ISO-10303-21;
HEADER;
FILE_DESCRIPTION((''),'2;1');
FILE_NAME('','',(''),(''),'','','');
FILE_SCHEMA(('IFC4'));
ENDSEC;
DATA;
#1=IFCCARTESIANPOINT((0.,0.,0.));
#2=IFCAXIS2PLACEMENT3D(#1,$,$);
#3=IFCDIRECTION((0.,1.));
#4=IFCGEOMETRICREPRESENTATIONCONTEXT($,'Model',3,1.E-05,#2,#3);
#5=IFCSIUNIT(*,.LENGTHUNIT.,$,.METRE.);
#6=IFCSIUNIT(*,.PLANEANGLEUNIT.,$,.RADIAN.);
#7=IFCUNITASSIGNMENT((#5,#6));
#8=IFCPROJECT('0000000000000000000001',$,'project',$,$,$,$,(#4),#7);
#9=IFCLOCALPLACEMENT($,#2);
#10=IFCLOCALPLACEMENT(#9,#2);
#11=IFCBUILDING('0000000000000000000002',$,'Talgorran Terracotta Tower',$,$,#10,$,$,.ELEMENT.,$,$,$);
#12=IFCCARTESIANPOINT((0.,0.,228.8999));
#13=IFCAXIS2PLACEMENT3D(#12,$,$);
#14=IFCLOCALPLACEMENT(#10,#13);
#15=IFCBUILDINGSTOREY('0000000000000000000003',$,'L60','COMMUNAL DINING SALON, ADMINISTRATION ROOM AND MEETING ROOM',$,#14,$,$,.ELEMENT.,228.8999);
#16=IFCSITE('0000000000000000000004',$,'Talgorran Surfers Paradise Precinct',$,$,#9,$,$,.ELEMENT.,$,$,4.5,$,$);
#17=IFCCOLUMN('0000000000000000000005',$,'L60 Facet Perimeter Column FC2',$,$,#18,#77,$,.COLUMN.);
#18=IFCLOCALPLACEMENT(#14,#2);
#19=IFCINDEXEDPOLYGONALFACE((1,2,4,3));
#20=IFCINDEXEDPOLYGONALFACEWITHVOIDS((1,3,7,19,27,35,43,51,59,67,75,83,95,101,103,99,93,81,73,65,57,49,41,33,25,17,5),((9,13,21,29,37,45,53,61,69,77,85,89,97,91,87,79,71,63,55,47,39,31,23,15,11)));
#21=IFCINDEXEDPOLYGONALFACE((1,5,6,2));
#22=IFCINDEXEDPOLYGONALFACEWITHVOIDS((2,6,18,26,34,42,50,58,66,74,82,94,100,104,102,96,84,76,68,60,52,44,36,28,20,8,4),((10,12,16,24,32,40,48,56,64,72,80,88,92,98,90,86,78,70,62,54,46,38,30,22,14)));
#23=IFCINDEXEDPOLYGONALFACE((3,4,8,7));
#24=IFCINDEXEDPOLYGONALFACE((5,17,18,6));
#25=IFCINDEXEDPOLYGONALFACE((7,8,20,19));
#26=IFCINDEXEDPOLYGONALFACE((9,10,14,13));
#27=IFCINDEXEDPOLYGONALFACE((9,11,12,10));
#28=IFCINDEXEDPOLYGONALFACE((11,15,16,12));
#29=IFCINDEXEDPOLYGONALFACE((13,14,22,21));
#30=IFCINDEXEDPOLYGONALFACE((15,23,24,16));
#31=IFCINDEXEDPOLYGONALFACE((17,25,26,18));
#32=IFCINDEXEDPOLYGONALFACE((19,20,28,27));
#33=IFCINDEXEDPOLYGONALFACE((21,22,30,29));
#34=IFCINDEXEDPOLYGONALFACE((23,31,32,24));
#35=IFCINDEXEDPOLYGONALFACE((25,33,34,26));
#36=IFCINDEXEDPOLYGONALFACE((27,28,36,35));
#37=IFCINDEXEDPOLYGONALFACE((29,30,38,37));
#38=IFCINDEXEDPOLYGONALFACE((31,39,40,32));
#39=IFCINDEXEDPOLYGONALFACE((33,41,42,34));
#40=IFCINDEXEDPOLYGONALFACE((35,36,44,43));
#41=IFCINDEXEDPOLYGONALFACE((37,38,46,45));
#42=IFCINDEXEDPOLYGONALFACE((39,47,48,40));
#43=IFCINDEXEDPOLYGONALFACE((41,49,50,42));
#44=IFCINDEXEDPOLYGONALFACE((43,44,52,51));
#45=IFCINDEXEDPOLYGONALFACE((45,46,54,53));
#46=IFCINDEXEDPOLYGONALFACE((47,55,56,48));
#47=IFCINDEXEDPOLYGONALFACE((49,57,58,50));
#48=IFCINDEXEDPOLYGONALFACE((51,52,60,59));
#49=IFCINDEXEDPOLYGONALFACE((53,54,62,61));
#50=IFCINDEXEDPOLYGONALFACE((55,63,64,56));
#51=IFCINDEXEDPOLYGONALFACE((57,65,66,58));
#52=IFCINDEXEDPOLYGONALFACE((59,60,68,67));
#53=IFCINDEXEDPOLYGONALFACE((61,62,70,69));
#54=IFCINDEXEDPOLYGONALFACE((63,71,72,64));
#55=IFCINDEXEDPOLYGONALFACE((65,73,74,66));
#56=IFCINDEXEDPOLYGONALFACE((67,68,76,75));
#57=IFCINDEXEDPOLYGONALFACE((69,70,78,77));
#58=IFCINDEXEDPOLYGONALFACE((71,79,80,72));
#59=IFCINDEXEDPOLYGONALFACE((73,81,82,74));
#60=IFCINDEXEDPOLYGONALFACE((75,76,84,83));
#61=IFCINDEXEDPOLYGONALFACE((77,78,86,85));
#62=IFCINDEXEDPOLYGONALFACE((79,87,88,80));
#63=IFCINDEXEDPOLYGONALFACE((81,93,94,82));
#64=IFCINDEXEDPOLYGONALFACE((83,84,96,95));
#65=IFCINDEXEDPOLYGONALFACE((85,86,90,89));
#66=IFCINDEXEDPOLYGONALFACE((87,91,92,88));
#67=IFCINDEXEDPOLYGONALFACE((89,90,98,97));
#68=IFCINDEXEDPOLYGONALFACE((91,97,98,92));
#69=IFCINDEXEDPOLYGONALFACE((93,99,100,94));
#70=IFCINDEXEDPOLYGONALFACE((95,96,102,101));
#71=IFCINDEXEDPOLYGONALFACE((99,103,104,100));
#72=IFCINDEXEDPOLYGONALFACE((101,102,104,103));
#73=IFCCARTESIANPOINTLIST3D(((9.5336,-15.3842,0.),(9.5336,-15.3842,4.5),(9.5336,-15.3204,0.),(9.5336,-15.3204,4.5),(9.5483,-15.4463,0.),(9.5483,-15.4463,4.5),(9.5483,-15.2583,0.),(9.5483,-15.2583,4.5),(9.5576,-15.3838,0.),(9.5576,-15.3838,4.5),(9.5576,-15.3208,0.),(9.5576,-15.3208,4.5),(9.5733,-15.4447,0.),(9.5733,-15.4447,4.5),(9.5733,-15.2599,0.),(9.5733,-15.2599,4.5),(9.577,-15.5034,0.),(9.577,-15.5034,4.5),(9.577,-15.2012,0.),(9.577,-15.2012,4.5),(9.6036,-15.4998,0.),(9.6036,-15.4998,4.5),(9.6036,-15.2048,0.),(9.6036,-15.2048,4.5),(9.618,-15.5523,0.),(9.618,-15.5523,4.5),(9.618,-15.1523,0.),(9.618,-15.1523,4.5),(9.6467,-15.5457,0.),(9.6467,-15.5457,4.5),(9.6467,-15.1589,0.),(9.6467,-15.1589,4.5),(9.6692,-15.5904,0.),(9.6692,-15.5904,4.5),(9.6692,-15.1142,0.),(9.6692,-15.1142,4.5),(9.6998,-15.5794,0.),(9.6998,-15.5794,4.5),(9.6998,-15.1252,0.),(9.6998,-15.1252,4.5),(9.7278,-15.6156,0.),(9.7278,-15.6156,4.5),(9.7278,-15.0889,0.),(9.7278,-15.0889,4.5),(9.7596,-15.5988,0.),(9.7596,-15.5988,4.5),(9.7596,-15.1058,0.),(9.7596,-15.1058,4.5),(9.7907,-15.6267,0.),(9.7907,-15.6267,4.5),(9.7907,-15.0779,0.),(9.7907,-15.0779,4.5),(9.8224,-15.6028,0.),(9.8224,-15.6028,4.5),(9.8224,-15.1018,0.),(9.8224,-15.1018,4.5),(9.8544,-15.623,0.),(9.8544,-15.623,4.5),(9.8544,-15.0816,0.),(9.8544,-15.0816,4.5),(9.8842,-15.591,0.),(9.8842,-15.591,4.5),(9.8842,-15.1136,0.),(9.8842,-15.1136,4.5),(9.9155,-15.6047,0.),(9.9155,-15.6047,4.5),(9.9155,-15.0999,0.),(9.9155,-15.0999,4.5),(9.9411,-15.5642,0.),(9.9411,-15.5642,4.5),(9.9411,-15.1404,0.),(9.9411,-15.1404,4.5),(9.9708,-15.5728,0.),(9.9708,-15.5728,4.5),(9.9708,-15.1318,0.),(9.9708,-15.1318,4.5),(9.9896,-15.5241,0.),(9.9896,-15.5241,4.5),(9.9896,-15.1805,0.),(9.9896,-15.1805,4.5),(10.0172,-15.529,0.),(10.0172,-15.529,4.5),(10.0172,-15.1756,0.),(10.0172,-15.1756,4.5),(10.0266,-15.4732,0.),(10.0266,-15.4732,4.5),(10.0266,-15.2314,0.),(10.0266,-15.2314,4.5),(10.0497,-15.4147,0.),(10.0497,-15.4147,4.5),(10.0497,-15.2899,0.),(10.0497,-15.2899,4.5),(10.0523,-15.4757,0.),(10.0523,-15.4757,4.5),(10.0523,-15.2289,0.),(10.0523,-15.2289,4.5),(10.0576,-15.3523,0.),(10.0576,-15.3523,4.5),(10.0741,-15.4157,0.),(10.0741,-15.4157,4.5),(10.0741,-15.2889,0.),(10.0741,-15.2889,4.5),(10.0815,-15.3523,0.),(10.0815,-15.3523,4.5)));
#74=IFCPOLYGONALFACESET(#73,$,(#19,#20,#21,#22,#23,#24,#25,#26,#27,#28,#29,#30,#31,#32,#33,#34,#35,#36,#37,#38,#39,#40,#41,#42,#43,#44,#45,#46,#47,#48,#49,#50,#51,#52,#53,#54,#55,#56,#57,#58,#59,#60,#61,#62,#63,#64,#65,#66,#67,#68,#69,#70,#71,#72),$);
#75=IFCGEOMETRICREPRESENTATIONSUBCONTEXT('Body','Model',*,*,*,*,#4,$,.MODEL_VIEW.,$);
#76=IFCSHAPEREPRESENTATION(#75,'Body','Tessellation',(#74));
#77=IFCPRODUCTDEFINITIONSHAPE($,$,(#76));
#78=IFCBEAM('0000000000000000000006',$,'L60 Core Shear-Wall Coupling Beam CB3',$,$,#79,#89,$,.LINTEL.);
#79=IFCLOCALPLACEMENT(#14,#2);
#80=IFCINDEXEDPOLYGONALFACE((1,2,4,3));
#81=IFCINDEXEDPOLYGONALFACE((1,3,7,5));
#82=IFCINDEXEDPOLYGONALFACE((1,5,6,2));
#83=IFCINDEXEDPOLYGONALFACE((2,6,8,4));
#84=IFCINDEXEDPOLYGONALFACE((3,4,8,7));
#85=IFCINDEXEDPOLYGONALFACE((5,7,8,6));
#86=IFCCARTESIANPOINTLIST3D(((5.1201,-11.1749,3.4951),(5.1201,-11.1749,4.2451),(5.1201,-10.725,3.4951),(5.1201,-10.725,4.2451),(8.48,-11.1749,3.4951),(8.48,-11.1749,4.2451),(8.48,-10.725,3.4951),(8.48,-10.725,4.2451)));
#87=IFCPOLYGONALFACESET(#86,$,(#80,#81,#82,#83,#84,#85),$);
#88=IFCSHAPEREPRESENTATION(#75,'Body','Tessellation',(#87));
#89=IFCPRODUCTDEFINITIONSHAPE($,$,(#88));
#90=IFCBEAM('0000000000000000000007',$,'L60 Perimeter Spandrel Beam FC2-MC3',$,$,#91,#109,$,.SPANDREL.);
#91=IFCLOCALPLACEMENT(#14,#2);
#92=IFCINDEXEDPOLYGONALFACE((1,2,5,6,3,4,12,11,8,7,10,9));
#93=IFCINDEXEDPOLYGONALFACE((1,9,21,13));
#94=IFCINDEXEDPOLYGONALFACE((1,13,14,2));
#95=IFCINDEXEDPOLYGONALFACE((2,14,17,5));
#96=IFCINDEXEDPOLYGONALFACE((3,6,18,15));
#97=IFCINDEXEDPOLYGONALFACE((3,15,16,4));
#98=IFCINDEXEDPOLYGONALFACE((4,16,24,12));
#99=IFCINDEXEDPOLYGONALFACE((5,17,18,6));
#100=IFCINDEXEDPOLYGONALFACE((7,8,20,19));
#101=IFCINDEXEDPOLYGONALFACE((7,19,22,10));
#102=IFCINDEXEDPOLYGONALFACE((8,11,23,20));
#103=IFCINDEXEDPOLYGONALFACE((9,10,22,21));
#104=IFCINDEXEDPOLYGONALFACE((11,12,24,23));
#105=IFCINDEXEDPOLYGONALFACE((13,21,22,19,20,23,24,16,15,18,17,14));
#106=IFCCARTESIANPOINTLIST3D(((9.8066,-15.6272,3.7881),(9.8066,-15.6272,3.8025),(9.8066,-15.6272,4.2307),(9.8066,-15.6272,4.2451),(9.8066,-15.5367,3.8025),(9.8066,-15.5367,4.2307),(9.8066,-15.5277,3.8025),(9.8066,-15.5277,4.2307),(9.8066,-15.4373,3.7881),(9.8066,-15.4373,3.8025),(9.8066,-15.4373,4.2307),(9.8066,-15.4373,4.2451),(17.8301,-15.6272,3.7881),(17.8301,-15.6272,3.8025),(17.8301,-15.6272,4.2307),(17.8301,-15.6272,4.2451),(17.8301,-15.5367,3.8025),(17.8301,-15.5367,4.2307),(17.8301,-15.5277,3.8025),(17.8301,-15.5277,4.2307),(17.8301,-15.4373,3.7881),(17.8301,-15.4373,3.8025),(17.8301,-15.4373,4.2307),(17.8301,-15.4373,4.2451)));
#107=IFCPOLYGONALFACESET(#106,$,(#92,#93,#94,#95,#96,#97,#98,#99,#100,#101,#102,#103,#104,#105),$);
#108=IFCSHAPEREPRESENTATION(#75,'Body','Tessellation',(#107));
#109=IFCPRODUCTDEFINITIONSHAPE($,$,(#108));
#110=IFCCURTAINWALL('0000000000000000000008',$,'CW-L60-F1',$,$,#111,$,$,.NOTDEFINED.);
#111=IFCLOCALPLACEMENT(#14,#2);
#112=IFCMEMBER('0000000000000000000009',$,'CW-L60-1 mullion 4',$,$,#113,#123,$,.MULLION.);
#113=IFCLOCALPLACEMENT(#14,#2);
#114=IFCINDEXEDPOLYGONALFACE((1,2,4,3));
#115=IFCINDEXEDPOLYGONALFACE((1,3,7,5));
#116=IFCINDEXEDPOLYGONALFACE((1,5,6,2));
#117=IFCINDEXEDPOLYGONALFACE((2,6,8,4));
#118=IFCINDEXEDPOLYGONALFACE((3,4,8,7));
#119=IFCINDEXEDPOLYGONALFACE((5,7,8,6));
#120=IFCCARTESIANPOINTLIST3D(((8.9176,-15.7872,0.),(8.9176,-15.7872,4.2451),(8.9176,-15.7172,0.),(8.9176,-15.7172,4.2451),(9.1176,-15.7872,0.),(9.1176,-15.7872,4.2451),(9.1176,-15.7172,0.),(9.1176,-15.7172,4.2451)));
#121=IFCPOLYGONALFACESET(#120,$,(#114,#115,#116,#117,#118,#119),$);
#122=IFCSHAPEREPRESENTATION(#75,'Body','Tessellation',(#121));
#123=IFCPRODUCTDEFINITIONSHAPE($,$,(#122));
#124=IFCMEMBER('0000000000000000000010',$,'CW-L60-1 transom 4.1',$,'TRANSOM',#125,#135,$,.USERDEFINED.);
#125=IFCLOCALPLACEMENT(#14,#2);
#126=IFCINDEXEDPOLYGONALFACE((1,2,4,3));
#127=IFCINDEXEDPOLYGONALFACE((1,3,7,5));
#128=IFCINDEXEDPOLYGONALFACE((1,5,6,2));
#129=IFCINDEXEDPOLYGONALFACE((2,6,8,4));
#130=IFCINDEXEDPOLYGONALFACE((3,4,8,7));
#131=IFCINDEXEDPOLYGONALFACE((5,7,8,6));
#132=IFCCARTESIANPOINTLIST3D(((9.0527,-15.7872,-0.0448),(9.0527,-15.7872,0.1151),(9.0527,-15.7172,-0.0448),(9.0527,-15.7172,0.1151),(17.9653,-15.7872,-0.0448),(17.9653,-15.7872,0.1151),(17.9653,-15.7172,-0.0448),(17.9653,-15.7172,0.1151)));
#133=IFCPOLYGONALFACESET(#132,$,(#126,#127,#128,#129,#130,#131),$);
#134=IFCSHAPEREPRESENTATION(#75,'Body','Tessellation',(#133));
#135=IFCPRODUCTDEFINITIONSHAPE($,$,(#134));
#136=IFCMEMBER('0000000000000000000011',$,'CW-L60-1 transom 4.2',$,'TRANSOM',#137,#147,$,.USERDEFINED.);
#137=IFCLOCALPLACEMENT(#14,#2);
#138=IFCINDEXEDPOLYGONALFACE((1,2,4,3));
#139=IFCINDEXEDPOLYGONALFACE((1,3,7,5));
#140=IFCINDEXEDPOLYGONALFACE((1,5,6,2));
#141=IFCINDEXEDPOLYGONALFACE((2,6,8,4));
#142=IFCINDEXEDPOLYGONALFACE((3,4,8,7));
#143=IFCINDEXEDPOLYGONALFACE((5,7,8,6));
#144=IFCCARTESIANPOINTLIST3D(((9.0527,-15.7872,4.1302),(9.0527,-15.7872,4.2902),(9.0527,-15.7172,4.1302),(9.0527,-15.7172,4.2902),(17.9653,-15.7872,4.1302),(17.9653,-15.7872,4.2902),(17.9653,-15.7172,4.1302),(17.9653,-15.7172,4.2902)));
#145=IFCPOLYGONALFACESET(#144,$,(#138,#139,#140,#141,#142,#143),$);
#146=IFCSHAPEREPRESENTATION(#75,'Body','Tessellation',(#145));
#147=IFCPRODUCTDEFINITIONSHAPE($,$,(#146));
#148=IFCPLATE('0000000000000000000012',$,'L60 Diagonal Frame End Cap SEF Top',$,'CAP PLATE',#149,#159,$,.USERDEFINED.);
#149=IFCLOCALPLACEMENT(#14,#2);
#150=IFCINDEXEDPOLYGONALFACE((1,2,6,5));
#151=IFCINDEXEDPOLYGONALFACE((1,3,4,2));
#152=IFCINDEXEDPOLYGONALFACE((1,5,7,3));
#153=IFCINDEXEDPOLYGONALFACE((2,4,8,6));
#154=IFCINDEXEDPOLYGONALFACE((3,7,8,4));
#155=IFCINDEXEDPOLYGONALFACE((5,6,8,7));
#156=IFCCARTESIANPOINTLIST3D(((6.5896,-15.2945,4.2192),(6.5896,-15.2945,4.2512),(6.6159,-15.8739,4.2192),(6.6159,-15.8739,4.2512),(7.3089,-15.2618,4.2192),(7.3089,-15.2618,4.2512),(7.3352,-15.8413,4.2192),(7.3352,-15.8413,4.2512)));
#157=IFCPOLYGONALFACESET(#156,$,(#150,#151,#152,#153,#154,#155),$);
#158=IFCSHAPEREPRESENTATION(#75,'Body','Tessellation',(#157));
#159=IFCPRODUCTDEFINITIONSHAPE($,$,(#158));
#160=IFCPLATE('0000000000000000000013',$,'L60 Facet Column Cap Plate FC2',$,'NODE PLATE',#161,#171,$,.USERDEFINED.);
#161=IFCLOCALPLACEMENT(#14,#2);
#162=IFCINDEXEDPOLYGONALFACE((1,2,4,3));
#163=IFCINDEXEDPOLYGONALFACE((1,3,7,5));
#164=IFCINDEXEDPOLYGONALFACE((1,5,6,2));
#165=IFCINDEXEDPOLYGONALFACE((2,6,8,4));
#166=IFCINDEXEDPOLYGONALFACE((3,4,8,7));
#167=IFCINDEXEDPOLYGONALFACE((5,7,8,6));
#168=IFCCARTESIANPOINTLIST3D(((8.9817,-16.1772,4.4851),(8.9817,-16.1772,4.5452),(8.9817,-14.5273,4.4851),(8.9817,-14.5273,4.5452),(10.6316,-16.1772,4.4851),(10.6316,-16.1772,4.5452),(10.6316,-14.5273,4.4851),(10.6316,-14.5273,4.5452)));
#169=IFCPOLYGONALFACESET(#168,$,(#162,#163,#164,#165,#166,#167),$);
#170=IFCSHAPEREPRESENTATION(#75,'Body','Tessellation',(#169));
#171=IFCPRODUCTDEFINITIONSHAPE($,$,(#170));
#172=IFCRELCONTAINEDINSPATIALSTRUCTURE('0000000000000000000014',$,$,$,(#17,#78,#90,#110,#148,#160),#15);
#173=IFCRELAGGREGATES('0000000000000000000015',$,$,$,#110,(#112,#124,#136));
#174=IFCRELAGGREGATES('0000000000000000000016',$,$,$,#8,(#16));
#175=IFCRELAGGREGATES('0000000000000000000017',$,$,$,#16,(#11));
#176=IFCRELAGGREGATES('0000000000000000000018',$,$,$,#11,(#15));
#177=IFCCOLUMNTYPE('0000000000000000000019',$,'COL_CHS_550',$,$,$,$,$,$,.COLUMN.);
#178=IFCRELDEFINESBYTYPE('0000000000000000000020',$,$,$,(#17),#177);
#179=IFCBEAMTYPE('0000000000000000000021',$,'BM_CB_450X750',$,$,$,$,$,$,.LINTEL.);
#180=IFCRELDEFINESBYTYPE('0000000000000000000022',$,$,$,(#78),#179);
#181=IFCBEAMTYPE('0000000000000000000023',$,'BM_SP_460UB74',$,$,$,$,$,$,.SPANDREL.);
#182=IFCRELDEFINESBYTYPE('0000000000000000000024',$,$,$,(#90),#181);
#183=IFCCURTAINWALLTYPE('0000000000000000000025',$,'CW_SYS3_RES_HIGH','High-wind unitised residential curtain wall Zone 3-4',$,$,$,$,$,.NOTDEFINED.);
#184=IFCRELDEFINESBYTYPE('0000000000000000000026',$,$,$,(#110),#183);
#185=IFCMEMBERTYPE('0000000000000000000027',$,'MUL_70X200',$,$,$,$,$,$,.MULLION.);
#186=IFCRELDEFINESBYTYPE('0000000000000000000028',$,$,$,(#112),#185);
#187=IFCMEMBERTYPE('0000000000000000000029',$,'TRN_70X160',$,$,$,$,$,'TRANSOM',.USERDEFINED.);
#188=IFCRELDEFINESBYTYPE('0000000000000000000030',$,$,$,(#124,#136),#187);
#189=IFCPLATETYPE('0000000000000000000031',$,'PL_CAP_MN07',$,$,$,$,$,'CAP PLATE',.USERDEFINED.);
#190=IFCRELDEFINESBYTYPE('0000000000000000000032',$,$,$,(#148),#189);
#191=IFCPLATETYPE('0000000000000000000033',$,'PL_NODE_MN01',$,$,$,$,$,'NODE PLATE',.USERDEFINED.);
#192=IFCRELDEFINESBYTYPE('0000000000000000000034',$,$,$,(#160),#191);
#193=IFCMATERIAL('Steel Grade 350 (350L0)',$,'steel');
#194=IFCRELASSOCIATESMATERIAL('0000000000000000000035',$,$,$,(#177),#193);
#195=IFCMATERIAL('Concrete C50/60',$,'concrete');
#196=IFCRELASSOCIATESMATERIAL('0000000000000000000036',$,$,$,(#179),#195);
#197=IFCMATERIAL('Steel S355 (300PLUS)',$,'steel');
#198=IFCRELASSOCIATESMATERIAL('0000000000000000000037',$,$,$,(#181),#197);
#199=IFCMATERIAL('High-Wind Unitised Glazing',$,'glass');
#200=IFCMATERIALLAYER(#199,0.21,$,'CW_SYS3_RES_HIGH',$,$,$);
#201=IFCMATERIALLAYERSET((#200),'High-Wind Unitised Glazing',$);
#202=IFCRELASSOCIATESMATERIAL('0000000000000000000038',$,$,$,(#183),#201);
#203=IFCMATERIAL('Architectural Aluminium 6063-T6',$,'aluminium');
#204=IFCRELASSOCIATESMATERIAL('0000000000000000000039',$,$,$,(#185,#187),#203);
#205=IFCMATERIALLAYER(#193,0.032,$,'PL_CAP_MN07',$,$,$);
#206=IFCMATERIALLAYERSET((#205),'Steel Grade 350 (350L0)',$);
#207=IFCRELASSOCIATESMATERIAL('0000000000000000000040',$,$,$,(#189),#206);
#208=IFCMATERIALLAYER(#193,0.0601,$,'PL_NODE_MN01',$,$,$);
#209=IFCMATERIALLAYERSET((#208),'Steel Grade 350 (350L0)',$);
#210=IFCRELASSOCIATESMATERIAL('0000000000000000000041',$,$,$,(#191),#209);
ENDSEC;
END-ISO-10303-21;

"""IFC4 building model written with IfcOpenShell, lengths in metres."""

from ifc_helpers import new_model, si_unit, direction, frame, origin, origin_2d, place, context, subcontext, project, spatial, rectangle, hollow_circle, i_section, extrude, material, layer, layer_set, material_profile, profile_set, type_object, element, aggregate, save


model = new_model("IFC4")

# Units and contexts
model_context = context("Model", 3, precision=1e-05, world=origin(), true_north=direction((0.0, 1.0)))
body_context = subcontext(model_context, "Body", "Model", "MODEL_VIEW")
ifc_project = project(units=[si_unit("LENGTHUNIT", "METRE"), si_unit("PLANEANGLEUNIT", "RADIAN")], contexts=[model_context])

# Site, building, storey
site_placement = place(None, origin())
site = spatial("IfcSite", under=ifc_project, at=site_placement, Name="Talgorran Surfers Paradise Precinct", CompositionType="ELEMENT", RefElevation=4.5)
building_placement = place(site_placement, origin())
building = spatial("IfcBuilding", under=site, at=building_placement, Name="Talgorran Terracotta Tower", CompositionType="ELEMENT")
storey_placement = place(building_placement, frame((0.0, 0.0, 228.8999)))
storey = spatial("IfcBuildingStorey", under=building, at=storey_placement, Name="L60", Description="COMMUNAL DINING SALON, ADMINISTRATION ROOM AND MEETING ROOM", CompositionType="ELEMENT", Elevation=228.8999)

# Column
ifc_material_1 = material(Name="Steel Grade 350 (350L0)", Category="steel")
ifc_material_profile_1 = material_profile(ifc_material_1, hollow_circle(Radius=0.2749, WallThickness=0.0239, at=origin_2d()), Name="CHS550X24")
ifc_profile_set_1 = profile_set([ifc_material_profile_1], Name="Steel Grade 350 (350L0)")
column_type = type_object("IfcColumnType", Name="COL_CHS_550", PredefinedType="COLUMN", material=ifc_profile_set_1)
column_placement = place(storey_placement, frame((9.8066, -15.3523, 0.0), z_axis=(0.0, 0.0, 1.0), x_axis=(1.0, 0.0, 0.0)))
element("IfcColumn", 1, at=column_placement, inside=storey, type_object=column_type, Name="L60 Facet Perimeter Column FC2", PredefinedType="COLUMN", context=body_context, shape_type="SweptSolid", body=[
    extrude(hollow_circle(Radius=0.2749, WallThickness=0.0239, at=origin_2d()), origin(), (0.0, 0.0, 1.0), 4.5),
])

# Beams
ifc_material_2 = material(Name="Concrete C50/60", Category="concrete")
ifc_material_profile_2 = material_profile(ifc_material_2, rectangle(XDim=0.45, YDim=0.75, at=origin_2d()), Name="RCCB450X750")
ifc_profile_set_2 = profile_set([ifc_material_profile_2], Name="Concrete C50/60")
beam_type_1 = type_object("IfcBeamType", Name="BM_CB_450X750", PredefinedType="LINTEL", material=ifc_profile_set_2)
beam_1_placement = place(storey_placement, frame((5.1201, -10.95, 3.8701), z_axis=(1.0, 0.0, 0.0), x_axis=(0.0, 1.0, 0.0)))
element("IfcBeam", 2, at=beam_1_placement, inside=storey, type_object=beam_type_1, Name="L60 Core Shear-Wall Coupling Beam CB3", PredefinedType="LINTEL", context=body_context, shape_type="SweptSolid", body=[
    extrude(rectangle(XDim=0.45, YDim=0.75, at=origin_2d()), origin(), (0.0, 0.0, 1.0), 3.3599),
])
ifc_material_3 = material(Name="Steel S355 (300PLUS)", Category="steel")
ifc_material_profile_3 = material_profile(ifc_material_3, i_section(OverallWidth=0.1899, OverallDepth=0.457, WebThickness=0.009, FlangeThickness=0.0144, at=origin_2d()), Name="460UB74.6")
ifc_profile_set_3 = profile_set([ifc_material_profile_3], Name="Steel S355 (300PLUS)")
beam_type_2 = type_object("IfcBeamType", Name="BM_SP_460UB74", PredefinedType="SPANDREL", material=ifc_profile_set_3)
beam_2_placement = place(storey_placement, frame((9.8066, -15.5322, 4.0166), z_axis=(1.0, 0.0, 0.0), x_axis=(0.0, 1.0, 0.0)))
element("IfcBeam", 3, at=beam_2_placement, inside=storey, type_object=beam_type_2, Name="L60 Perimeter Spandrel Beam FC2-MC3", PredefinedType="SPANDREL", context=body_context, shape_type="SweptSolid", body=[
    extrude(i_section(OverallWidth=0.1899, OverallDepth=0.457, WebThickness=0.009, FlangeThickness=0.0144, at=origin_2d()), origin(), (0.0, 0.0, 1.0), 8.0234),
])

# Curtain wall, members
ifc_material_4 = material(Name="High-Wind Unitised Glazing", Category="glass")
ifc_layer_1 = layer(ifc_material_4, 0.21, Name="CW_SYS3_RES_HIGH")
ifc_layer_set_1 = layer_set([ifc_layer_1], Name="High-Wind Unitised Glazing")
curtain_wall_type = type_object("IfcCurtainWallType", Name="CW_SYS3_RES_HIGH", Description="High-wind unitised residential curtain wall Zone 3-4", PredefinedType="NOTDEFINED", material=ifc_layer_set_1)
curtain_wall_placement = place(storey_placement, origin())
curtain_wall = element("IfcCurtainWall", 4, at=curtain_wall_placement, inside=storey, type_object=curtain_wall_type, Name="CW-L60-F1", PredefinedType="NOTDEFINED")
ifc_material_5 = material(Name="Architectural Aluminium 6063-T6", Category="aluminium")
ifc_material_profile_4 = material_profile(ifc_material_5, rectangle(XDim=0.0701, YDim=0.2, at=origin_2d()), Name="CWM70X200")
ifc_profile_set_4 = profile_set([ifc_material_profile_4], Name="Architectural Aluminium 6063-T6")
member_type_1 = type_object("IfcMemberType", Name="MUL_70X200", PredefinedType="MULLION", material=ifc_profile_set_4)
member_1_placement = place(storey_placement, frame((9.0176, -15.7522, 0.0), z_axis=(0.0, 0.0, 1.0), x_axis=(0.0, 1.0, 0.0)))
member_1 = element("IfcMember", 5, at=member_1_placement, type_object=member_type_1, Name="CW-L60-1 mullion 4", PredefinedType="MULLION", context=body_context, shape_type="SweptSolid", body=[
    extrude(rectangle(XDim=0.0701, YDim=0.2, at=origin_2d()), origin(), (0.0, 0.0, 1.0), 4.2451),
])
ifc_material_profile_5 = material_profile(ifc_material_5, rectangle(XDim=0.0701, YDim=0.1599, at=origin_2d()), Name="CWT70X160")
ifc_profile_set_5 = profile_set([ifc_material_profile_5], Name="Architectural Aluminium 6063-T6")
member_type_2 = type_object("IfcMemberType", Name="TRN_70X160", ElementType="TRANSOM", PredefinedType="USERDEFINED", material=ifc_profile_set_5)
member_2_placement = place(storey_placement, frame((9.0527, -15.7522, 0.0352), z_axis=(1.0, 0.0, 0.0), x_axis=(0.0, 1.0, 0.0)))
member_2 = element("IfcMember", 6, at=member_2_placement, type_object=member_type_2, Name="CW-L60-1 transom 4.1", ObjectType="TRANSOM", PredefinedType="USERDEFINED", context=body_context, shape_type="SweptSolid", body=[
    extrude(rectangle(XDim=0.0701, YDim=0.1599, at=origin_2d()), origin(), (0.0, 0.0, 1.0), 8.9126),
])
member_3_placement = place(storey_placement, frame((9.0527, -15.7522, 4.2102), z_axis=(1.0, 0.0, 0.0), x_axis=(0.0, 1.0, 0.0)))
member_3 = element("IfcMember", 7, at=member_3_placement, type_object=member_type_2, Name="CW-L60-1 transom 4.2", ObjectType="TRANSOM", PredefinedType="USERDEFINED", context=body_context, shape_type="SweptSolid", body=[
    extrude(rectangle(XDim=0.0701, YDim=0.1599, at=origin_2d()), origin(), (0.0, 0.0, 1.0), 8.9126),
])

# Plates
ifc_layer_2 = layer(ifc_material_1, 0.032, Name="PL_CAP_MN07")
ifc_layer_set_2 = layer_set([ifc_layer_2], Name="Steel Grade 350 (350L0)")
plate_type_1 = type_object("IfcPlateType", Name="PL_CAP_MN07", ElementType="CAP PLATE", PredefinedType="USERDEFINED", material=ifc_layer_set_2)
plate_1_placement = place(storey_placement, frame((6.9624, -15.5679, 4.2192), z_axis=(0.0, 0.0, 1.0), x_axis=(0.998971, 0.045363, 0.0)))
element("IfcPlate", 8, at=plate_1_placement, inside=storey, type_object=plate_type_1, Name="L60 Diagonal Frame End Cap SEF Top", ObjectType="CAP PLATE", PredefinedType="USERDEFINED", context=body_context, shape_type="SweptSolid", body=[
    extrude(rectangle(XDim=0.72, YDim=0.5801, at=origin_2d()), origin(), (0.0, 0.0, 1.0), 0.032),
])
ifc_layer_3 = layer(ifc_material_1, 0.0601, Name="PL_NODE_MN01")
ifc_layer_set_3 = layer_set([ifc_layer_3], Name="Steel Grade 350 (350L0)")
plate_type_2 = type_object("IfcPlateType", Name="PL_NODE_MN01", ElementType="NODE PLATE", PredefinedType="USERDEFINED", material=ifc_layer_set_3)
plate_2_placement = place(storey_placement, frame((9.8066, -15.3523, 4.4851), z_axis=(0.0, 0.0, 1.0), x_axis=(1.0, 0.0, 0.0)))
element("IfcPlate", 9, at=plate_2_placement, inside=storey, type_object=plate_type_2, Name="L60 Facet Column Cap Plate FC2", ObjectType="NODE PLATE", PredefinedType="USERDEFINED", context=body_context, shape_type="SweptSolid", body=[
    extrude(rectangle(XDim=1.6499, YDim=1.6499, at=origin_2d()), origin(), (0.0, 0.0, 1.0), 0.0601),
])

aggregate(curtain_wall, [member_1, member_2, member_3])

save(model, "model.ifc")
